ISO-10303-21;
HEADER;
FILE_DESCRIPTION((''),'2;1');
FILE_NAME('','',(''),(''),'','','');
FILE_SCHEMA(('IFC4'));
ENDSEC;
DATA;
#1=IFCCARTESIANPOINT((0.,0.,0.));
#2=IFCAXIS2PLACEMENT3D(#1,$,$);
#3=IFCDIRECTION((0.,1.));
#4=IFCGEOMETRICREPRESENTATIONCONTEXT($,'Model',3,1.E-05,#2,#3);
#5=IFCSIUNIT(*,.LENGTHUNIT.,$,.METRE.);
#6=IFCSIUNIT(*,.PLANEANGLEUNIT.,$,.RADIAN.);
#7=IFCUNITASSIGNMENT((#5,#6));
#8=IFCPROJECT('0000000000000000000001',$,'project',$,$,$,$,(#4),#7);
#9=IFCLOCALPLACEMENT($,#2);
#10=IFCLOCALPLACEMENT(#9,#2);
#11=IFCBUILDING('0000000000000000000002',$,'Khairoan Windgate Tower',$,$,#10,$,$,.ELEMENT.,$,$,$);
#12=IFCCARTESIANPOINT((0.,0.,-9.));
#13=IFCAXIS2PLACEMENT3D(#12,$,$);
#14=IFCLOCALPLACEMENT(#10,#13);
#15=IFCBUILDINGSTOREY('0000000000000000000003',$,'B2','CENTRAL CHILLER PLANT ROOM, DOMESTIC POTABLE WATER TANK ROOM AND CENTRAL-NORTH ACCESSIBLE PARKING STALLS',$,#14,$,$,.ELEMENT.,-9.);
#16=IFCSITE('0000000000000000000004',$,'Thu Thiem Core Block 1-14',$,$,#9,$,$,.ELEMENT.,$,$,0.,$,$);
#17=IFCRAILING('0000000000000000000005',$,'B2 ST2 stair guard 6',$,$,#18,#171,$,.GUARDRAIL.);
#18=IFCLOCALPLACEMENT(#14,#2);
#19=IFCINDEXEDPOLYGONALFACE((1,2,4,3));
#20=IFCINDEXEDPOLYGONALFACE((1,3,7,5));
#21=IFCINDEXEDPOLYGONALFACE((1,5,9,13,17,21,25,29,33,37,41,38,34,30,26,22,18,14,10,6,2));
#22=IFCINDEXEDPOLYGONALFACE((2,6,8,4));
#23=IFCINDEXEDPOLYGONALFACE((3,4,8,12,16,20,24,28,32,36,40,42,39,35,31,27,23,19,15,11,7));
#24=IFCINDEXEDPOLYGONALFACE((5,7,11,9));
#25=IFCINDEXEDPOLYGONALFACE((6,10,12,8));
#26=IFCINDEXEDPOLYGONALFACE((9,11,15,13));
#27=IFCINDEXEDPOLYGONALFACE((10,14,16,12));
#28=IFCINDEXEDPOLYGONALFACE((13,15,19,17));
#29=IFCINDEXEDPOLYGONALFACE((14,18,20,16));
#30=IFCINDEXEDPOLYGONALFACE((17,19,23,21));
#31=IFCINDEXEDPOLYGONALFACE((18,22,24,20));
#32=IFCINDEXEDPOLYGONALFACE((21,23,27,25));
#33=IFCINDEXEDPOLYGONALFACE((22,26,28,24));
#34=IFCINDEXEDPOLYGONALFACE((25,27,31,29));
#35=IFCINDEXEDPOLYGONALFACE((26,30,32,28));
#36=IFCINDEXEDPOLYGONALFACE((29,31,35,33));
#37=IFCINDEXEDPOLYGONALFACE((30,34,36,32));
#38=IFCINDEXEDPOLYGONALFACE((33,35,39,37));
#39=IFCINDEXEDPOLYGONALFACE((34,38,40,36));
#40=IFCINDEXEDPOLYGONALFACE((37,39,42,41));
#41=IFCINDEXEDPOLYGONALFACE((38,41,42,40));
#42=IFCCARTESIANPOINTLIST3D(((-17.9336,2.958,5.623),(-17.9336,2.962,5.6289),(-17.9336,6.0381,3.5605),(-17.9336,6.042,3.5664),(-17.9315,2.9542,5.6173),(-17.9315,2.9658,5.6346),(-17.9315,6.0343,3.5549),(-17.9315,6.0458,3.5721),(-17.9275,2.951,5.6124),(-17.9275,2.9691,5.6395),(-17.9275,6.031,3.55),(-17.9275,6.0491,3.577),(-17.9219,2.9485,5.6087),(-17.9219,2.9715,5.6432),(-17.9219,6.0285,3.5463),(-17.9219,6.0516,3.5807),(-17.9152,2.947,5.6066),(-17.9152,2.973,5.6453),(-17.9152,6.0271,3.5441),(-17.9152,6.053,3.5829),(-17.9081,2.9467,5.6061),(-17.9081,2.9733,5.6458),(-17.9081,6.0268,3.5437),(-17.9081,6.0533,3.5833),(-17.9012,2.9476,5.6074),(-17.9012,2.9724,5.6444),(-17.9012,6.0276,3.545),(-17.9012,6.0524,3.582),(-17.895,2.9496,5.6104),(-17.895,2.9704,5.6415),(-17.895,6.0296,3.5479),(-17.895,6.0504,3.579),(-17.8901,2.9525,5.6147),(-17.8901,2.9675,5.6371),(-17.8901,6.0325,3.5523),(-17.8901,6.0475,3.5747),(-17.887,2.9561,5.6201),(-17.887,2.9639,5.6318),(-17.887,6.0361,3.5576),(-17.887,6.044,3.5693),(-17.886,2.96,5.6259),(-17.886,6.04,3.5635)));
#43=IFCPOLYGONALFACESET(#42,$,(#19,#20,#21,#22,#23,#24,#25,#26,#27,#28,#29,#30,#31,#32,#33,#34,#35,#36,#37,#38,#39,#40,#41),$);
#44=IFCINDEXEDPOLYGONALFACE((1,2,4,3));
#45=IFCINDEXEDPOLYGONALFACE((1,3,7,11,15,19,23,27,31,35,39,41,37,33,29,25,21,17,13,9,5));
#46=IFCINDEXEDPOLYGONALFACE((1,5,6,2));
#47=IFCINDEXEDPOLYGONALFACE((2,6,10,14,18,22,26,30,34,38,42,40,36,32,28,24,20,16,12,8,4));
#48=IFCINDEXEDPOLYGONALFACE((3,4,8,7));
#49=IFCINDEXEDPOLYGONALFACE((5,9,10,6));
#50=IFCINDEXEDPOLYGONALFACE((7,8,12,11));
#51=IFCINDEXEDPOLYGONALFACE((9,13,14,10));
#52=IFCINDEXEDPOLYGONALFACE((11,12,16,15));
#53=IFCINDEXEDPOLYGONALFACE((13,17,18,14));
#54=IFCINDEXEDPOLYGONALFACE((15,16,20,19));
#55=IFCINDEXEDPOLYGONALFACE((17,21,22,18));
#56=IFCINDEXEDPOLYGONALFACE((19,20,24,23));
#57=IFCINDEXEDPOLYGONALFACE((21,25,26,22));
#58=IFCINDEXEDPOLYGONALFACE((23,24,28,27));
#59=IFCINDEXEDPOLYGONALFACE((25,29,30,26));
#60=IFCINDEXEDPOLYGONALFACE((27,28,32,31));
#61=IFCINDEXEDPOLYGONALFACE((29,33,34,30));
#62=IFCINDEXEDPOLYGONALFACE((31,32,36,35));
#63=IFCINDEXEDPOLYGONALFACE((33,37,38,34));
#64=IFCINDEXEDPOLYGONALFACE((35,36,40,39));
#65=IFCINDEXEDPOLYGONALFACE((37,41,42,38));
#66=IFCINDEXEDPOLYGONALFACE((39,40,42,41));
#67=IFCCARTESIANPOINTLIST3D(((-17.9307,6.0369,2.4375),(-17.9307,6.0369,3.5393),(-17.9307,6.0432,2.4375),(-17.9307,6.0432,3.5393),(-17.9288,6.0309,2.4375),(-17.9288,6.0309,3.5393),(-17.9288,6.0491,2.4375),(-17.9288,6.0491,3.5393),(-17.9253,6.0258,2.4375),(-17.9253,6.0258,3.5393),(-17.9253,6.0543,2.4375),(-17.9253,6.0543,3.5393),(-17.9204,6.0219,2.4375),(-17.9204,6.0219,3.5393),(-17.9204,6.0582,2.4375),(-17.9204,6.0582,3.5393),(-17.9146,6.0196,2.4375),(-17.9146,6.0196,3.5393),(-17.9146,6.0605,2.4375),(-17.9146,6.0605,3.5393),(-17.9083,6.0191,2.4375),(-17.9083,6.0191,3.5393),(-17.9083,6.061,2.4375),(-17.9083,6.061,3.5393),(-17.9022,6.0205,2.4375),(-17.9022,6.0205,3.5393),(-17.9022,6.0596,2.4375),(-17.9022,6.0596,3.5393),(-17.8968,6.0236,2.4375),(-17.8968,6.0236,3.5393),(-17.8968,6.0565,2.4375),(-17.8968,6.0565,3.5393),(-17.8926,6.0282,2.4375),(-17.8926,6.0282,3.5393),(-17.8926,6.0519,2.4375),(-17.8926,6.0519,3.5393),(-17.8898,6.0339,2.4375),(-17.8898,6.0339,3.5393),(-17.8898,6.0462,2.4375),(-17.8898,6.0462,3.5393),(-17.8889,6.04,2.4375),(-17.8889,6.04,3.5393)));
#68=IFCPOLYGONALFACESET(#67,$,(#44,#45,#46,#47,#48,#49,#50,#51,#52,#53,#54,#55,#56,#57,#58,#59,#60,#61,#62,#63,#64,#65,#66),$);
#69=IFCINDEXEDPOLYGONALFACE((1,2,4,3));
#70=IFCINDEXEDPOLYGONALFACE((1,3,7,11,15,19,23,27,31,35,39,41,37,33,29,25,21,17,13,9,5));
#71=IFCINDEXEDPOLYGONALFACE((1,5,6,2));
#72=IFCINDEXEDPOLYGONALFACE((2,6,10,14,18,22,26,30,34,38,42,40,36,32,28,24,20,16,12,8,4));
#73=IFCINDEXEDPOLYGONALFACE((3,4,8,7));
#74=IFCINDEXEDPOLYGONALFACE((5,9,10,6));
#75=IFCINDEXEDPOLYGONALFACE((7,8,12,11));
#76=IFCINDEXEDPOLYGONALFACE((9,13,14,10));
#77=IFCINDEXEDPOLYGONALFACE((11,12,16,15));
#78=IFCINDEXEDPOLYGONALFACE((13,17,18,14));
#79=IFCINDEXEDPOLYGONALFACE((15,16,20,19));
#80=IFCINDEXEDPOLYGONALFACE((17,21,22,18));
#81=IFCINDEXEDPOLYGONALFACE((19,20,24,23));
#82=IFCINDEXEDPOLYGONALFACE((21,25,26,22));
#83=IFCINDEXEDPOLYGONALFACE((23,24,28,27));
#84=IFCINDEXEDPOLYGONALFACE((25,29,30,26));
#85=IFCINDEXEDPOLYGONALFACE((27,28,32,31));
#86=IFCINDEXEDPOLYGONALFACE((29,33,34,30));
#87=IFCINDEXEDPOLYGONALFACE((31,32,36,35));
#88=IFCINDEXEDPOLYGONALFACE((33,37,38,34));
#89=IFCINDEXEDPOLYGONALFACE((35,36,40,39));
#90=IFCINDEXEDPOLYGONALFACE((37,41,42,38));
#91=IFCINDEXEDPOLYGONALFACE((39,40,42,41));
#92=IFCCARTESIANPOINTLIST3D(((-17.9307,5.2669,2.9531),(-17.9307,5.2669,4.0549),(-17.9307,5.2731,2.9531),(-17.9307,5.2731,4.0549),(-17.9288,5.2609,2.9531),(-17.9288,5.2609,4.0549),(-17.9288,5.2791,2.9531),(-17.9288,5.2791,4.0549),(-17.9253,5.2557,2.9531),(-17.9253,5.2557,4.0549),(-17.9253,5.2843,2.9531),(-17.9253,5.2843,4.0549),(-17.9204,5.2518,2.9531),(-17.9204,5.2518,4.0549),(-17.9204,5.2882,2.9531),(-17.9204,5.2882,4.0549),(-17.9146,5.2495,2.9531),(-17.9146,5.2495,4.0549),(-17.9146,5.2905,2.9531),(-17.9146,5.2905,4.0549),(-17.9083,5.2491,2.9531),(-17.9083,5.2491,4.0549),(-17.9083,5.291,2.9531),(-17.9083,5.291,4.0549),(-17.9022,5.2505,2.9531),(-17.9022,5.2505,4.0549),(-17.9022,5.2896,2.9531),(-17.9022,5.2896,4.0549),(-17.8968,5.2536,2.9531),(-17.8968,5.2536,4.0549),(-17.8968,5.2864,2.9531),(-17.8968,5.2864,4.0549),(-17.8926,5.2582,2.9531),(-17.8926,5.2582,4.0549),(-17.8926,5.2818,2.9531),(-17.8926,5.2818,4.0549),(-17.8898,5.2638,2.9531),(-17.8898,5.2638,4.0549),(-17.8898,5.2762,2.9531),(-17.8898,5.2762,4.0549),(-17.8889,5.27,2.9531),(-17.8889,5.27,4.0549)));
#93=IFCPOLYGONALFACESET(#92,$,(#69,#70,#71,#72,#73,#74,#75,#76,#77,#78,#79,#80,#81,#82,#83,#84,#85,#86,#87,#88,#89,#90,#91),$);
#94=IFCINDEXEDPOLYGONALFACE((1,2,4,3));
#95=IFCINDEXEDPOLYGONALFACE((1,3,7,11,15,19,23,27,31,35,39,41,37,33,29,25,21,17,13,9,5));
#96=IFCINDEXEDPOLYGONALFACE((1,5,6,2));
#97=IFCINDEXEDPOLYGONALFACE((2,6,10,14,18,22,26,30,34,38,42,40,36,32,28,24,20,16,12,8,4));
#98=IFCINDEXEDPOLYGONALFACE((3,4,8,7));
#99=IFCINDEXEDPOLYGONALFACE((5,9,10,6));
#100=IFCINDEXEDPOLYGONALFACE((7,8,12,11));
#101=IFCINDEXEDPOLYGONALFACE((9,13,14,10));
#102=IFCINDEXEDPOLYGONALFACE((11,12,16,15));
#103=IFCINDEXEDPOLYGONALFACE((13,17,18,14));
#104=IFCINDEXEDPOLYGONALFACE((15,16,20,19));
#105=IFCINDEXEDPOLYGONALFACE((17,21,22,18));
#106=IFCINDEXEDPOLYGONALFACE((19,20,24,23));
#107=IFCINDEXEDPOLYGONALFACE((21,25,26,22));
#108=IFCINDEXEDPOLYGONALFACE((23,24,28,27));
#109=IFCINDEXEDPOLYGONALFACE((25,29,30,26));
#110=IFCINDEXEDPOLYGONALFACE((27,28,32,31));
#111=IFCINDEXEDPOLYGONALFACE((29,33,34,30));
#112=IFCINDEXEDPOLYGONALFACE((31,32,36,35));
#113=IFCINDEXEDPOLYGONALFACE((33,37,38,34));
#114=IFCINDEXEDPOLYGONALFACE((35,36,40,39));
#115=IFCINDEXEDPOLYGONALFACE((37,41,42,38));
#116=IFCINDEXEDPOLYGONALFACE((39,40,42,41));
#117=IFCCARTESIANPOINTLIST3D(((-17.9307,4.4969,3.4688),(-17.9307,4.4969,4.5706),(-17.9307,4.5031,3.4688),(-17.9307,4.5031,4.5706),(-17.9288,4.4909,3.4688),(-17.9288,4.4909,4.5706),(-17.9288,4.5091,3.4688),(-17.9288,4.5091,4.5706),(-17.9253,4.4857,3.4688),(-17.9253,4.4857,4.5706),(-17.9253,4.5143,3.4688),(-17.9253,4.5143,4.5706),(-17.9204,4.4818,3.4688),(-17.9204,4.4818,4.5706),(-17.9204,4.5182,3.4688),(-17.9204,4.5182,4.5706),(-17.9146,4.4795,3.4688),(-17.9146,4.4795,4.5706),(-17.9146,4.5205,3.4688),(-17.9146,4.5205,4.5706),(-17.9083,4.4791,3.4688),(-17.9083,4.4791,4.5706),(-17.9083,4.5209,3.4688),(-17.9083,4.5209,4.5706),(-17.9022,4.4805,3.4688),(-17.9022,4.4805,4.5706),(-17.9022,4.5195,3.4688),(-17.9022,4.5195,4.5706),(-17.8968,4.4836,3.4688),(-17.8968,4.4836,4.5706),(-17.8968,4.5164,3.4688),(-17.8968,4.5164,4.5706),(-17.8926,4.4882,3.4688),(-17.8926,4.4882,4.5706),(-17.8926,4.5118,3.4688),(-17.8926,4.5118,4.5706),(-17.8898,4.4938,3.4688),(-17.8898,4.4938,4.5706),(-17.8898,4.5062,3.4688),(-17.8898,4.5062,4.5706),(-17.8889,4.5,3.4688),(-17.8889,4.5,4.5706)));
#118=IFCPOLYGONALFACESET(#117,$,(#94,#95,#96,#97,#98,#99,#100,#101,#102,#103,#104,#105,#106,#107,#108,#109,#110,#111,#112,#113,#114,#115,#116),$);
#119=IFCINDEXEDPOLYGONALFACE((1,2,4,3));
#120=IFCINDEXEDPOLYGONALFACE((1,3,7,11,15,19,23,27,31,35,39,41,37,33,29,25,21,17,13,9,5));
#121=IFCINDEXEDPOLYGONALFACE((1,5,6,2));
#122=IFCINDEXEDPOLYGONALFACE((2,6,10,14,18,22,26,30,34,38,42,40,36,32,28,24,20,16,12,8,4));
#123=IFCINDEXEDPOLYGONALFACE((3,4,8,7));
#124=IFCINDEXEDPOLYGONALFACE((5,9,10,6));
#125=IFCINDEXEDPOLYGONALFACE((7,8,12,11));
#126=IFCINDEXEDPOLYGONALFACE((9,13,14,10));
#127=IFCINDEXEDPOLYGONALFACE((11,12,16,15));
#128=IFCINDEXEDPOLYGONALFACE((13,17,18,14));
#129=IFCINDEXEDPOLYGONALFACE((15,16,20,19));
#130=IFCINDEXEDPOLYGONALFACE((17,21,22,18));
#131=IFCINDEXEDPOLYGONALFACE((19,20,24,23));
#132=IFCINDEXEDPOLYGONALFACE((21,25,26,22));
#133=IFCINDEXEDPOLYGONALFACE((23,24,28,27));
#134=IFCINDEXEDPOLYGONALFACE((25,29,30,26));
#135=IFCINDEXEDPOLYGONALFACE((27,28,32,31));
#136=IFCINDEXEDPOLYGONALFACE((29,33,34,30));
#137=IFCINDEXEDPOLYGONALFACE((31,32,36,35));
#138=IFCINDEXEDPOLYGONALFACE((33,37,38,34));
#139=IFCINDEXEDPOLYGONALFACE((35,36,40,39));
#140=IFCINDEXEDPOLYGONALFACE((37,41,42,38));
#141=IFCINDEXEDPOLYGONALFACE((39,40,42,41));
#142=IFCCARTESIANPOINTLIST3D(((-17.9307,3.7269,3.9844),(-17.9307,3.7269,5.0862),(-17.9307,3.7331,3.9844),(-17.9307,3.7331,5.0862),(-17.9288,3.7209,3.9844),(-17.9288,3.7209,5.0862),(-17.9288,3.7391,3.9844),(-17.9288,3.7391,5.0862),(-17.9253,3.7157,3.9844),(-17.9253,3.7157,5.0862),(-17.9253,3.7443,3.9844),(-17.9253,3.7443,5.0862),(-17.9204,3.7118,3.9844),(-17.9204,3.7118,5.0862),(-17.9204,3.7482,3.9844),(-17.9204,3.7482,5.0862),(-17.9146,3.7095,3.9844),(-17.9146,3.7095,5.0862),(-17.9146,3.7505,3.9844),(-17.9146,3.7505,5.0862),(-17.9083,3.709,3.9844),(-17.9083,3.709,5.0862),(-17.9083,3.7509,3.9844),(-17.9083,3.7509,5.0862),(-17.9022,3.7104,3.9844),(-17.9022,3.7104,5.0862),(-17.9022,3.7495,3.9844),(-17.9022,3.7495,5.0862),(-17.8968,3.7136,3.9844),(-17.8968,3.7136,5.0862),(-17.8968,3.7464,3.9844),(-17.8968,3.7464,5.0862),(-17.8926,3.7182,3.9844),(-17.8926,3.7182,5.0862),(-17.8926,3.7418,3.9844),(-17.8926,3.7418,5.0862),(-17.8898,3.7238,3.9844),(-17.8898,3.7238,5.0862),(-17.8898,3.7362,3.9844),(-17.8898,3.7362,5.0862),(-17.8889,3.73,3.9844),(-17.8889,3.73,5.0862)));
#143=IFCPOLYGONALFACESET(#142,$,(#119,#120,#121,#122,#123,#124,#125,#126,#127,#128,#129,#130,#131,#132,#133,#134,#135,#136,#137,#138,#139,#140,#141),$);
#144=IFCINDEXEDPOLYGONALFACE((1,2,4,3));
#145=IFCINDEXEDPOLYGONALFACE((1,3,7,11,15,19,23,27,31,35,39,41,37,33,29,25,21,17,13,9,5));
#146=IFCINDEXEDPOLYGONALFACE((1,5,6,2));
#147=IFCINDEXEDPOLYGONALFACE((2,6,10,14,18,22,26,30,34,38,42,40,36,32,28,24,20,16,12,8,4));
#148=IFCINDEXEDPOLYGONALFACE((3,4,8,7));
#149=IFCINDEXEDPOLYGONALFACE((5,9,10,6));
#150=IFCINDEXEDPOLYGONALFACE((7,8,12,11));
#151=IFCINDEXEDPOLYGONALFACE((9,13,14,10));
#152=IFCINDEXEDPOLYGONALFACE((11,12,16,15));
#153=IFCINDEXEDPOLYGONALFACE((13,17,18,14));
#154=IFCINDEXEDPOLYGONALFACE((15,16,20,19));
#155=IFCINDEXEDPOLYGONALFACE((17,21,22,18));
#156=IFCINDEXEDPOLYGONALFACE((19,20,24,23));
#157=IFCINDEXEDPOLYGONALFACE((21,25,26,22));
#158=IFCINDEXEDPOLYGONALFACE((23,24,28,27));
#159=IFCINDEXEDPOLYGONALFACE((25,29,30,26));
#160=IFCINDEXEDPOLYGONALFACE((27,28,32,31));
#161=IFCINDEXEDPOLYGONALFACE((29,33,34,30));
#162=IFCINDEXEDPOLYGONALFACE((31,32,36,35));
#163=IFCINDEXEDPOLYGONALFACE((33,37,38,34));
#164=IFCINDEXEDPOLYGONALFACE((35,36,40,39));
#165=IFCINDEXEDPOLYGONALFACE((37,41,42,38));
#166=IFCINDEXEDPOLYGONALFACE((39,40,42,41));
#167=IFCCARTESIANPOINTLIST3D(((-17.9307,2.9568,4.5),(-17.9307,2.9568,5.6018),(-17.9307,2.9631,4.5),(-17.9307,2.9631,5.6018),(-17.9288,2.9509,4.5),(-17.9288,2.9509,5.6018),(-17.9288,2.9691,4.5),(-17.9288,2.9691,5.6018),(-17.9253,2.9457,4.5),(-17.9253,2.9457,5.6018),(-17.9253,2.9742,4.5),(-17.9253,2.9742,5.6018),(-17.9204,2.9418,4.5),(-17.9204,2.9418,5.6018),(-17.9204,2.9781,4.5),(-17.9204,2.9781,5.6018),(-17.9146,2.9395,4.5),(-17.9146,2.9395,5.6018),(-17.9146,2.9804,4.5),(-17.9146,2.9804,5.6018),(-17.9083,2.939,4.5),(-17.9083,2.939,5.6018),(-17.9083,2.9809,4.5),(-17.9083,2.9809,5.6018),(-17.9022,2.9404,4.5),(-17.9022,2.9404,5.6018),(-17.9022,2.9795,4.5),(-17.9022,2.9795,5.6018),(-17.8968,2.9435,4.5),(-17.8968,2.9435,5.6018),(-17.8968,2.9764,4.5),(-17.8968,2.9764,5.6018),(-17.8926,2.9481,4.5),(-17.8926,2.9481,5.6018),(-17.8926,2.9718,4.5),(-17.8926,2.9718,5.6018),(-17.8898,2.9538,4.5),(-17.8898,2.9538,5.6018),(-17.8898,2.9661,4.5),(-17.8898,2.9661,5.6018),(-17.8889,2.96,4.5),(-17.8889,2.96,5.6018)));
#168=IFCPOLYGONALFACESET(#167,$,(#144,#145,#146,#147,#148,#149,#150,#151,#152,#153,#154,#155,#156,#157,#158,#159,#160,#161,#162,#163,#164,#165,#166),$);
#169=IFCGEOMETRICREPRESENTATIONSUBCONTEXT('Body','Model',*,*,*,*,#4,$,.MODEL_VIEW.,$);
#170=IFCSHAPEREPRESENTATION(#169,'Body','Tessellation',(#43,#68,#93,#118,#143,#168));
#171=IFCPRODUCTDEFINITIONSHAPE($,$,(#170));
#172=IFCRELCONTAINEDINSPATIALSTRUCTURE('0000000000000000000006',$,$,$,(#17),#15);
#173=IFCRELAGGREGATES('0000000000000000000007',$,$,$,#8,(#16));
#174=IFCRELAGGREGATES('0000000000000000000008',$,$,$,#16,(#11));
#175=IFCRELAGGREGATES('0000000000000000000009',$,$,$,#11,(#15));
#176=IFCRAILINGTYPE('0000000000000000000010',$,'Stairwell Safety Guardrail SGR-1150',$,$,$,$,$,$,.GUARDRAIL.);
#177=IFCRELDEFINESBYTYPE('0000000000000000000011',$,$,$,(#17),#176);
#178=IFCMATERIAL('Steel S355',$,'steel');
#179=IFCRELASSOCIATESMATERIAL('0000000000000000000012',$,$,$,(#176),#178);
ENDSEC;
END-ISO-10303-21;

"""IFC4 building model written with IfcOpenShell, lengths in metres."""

from ifc_helpers import new_model, si_unit, direction, frame, origin, origin_2d, place, context, subcontext, project, spatial, circle, extrude, material, type_object, element, save


model = new_model("IFC4")

# Units and contexts
model_context = context("Model", 3, precision=1e-05, world=origin(), true_north=direction((0.0, 1.0)))
body_context = subcontext(model_context, "Body", "Model", "MODEL_VIEW")
ifc_project = project(units=[si_unit("LENGTHUNIT", "METRE"), si_unit("PLANEANGLEUNIT", "RADIAN")], contexts=[model_context])

# Site, building, storey
site_placement = place(None, origin())
site = spatial("IfcSite", under=ifc_project, at=site_placement, Name="Thu Thiem Core Block 1-14", CompositionType="ELEMENT", RefElevation=0.0)
building_placement = place(site_placement, origin())
building = spatial("IfcBuilding", under=site, at=building_placement, Name="Khairoan Windgate Tower", CompositionType="ELEMENT")
storey_placement = place(building_placement, frame((0.0, 0.0, -9.0)))
storey = spatial("IfcBuildingStorey", under=building, at=storey_placement, Name="B2", Description="CENTRAL CHILLER PLANT ROOM, DOMESTIC POTABLE WATER TANK ROOM AND CENTRAL-NORTH ACCESSIBLE PARKING STALLS", CompositionType="ELEMENT", Elevation=-9.0)

# Railing
ifc_material_1 = material(Name="Steel S355", Category="steel")
railing_type_1 = type_object("IfcRailingType", Name="Stairwell Safety Guardrail SGR-1150", PredefinedType="GUARDRAIL", material=ifc_material_1)
railing_1_placement = place(storey_placement, frame((-17.9099, 6.04, 2.4375)))
element("IfcRailing", 1, at=railing_1_placement, inside=storey, type_object=railing_type_1, Name="B2 ST2 stair guard 6", PredefinedType="GUARDRAIL", context=body_context, shape_type="SweptSolid", body=[
    extrude(circle(Radius=0.0239, at=origin_2d()), frame((0.0, 0.0, 1.126), z_axis=(0.0, -0.830914, 0.556401), x_axis=(1.0, 0.0, 0.0)), (0.0, 0.0, 1.0), 3.7068),
    extrude(circle(Radius=0.021, at=origin_2d()), origin(), (0.0, 0.0, 1.0), 1.1018),
    extrude(circle(Radius=0.021, at=origin_2d()), frame((0.0, -0.77, 0.5156)), (0.0, 0.0, 1.0), 1.1018),
    extrude(circle(Radius=0.021, at=origin_2d()), frame((0.0, -1.54, 1.0312)), (0.0, 0.0, 1.0), 1.1018),
    extrude(circle(Radius=0.021, at=origin_2d()), frame((0.0, -2.3101, 1.5469)), (0.0, 0.0, 1.0), 1.1018),
    extrude(circle(Radius=0.021, at=origin_2d()), frame((0.0, -3.0801, 2.0625)), (0.0, 0.0, 1.0), 1.1018),
])

save(model, "model.ifc")
